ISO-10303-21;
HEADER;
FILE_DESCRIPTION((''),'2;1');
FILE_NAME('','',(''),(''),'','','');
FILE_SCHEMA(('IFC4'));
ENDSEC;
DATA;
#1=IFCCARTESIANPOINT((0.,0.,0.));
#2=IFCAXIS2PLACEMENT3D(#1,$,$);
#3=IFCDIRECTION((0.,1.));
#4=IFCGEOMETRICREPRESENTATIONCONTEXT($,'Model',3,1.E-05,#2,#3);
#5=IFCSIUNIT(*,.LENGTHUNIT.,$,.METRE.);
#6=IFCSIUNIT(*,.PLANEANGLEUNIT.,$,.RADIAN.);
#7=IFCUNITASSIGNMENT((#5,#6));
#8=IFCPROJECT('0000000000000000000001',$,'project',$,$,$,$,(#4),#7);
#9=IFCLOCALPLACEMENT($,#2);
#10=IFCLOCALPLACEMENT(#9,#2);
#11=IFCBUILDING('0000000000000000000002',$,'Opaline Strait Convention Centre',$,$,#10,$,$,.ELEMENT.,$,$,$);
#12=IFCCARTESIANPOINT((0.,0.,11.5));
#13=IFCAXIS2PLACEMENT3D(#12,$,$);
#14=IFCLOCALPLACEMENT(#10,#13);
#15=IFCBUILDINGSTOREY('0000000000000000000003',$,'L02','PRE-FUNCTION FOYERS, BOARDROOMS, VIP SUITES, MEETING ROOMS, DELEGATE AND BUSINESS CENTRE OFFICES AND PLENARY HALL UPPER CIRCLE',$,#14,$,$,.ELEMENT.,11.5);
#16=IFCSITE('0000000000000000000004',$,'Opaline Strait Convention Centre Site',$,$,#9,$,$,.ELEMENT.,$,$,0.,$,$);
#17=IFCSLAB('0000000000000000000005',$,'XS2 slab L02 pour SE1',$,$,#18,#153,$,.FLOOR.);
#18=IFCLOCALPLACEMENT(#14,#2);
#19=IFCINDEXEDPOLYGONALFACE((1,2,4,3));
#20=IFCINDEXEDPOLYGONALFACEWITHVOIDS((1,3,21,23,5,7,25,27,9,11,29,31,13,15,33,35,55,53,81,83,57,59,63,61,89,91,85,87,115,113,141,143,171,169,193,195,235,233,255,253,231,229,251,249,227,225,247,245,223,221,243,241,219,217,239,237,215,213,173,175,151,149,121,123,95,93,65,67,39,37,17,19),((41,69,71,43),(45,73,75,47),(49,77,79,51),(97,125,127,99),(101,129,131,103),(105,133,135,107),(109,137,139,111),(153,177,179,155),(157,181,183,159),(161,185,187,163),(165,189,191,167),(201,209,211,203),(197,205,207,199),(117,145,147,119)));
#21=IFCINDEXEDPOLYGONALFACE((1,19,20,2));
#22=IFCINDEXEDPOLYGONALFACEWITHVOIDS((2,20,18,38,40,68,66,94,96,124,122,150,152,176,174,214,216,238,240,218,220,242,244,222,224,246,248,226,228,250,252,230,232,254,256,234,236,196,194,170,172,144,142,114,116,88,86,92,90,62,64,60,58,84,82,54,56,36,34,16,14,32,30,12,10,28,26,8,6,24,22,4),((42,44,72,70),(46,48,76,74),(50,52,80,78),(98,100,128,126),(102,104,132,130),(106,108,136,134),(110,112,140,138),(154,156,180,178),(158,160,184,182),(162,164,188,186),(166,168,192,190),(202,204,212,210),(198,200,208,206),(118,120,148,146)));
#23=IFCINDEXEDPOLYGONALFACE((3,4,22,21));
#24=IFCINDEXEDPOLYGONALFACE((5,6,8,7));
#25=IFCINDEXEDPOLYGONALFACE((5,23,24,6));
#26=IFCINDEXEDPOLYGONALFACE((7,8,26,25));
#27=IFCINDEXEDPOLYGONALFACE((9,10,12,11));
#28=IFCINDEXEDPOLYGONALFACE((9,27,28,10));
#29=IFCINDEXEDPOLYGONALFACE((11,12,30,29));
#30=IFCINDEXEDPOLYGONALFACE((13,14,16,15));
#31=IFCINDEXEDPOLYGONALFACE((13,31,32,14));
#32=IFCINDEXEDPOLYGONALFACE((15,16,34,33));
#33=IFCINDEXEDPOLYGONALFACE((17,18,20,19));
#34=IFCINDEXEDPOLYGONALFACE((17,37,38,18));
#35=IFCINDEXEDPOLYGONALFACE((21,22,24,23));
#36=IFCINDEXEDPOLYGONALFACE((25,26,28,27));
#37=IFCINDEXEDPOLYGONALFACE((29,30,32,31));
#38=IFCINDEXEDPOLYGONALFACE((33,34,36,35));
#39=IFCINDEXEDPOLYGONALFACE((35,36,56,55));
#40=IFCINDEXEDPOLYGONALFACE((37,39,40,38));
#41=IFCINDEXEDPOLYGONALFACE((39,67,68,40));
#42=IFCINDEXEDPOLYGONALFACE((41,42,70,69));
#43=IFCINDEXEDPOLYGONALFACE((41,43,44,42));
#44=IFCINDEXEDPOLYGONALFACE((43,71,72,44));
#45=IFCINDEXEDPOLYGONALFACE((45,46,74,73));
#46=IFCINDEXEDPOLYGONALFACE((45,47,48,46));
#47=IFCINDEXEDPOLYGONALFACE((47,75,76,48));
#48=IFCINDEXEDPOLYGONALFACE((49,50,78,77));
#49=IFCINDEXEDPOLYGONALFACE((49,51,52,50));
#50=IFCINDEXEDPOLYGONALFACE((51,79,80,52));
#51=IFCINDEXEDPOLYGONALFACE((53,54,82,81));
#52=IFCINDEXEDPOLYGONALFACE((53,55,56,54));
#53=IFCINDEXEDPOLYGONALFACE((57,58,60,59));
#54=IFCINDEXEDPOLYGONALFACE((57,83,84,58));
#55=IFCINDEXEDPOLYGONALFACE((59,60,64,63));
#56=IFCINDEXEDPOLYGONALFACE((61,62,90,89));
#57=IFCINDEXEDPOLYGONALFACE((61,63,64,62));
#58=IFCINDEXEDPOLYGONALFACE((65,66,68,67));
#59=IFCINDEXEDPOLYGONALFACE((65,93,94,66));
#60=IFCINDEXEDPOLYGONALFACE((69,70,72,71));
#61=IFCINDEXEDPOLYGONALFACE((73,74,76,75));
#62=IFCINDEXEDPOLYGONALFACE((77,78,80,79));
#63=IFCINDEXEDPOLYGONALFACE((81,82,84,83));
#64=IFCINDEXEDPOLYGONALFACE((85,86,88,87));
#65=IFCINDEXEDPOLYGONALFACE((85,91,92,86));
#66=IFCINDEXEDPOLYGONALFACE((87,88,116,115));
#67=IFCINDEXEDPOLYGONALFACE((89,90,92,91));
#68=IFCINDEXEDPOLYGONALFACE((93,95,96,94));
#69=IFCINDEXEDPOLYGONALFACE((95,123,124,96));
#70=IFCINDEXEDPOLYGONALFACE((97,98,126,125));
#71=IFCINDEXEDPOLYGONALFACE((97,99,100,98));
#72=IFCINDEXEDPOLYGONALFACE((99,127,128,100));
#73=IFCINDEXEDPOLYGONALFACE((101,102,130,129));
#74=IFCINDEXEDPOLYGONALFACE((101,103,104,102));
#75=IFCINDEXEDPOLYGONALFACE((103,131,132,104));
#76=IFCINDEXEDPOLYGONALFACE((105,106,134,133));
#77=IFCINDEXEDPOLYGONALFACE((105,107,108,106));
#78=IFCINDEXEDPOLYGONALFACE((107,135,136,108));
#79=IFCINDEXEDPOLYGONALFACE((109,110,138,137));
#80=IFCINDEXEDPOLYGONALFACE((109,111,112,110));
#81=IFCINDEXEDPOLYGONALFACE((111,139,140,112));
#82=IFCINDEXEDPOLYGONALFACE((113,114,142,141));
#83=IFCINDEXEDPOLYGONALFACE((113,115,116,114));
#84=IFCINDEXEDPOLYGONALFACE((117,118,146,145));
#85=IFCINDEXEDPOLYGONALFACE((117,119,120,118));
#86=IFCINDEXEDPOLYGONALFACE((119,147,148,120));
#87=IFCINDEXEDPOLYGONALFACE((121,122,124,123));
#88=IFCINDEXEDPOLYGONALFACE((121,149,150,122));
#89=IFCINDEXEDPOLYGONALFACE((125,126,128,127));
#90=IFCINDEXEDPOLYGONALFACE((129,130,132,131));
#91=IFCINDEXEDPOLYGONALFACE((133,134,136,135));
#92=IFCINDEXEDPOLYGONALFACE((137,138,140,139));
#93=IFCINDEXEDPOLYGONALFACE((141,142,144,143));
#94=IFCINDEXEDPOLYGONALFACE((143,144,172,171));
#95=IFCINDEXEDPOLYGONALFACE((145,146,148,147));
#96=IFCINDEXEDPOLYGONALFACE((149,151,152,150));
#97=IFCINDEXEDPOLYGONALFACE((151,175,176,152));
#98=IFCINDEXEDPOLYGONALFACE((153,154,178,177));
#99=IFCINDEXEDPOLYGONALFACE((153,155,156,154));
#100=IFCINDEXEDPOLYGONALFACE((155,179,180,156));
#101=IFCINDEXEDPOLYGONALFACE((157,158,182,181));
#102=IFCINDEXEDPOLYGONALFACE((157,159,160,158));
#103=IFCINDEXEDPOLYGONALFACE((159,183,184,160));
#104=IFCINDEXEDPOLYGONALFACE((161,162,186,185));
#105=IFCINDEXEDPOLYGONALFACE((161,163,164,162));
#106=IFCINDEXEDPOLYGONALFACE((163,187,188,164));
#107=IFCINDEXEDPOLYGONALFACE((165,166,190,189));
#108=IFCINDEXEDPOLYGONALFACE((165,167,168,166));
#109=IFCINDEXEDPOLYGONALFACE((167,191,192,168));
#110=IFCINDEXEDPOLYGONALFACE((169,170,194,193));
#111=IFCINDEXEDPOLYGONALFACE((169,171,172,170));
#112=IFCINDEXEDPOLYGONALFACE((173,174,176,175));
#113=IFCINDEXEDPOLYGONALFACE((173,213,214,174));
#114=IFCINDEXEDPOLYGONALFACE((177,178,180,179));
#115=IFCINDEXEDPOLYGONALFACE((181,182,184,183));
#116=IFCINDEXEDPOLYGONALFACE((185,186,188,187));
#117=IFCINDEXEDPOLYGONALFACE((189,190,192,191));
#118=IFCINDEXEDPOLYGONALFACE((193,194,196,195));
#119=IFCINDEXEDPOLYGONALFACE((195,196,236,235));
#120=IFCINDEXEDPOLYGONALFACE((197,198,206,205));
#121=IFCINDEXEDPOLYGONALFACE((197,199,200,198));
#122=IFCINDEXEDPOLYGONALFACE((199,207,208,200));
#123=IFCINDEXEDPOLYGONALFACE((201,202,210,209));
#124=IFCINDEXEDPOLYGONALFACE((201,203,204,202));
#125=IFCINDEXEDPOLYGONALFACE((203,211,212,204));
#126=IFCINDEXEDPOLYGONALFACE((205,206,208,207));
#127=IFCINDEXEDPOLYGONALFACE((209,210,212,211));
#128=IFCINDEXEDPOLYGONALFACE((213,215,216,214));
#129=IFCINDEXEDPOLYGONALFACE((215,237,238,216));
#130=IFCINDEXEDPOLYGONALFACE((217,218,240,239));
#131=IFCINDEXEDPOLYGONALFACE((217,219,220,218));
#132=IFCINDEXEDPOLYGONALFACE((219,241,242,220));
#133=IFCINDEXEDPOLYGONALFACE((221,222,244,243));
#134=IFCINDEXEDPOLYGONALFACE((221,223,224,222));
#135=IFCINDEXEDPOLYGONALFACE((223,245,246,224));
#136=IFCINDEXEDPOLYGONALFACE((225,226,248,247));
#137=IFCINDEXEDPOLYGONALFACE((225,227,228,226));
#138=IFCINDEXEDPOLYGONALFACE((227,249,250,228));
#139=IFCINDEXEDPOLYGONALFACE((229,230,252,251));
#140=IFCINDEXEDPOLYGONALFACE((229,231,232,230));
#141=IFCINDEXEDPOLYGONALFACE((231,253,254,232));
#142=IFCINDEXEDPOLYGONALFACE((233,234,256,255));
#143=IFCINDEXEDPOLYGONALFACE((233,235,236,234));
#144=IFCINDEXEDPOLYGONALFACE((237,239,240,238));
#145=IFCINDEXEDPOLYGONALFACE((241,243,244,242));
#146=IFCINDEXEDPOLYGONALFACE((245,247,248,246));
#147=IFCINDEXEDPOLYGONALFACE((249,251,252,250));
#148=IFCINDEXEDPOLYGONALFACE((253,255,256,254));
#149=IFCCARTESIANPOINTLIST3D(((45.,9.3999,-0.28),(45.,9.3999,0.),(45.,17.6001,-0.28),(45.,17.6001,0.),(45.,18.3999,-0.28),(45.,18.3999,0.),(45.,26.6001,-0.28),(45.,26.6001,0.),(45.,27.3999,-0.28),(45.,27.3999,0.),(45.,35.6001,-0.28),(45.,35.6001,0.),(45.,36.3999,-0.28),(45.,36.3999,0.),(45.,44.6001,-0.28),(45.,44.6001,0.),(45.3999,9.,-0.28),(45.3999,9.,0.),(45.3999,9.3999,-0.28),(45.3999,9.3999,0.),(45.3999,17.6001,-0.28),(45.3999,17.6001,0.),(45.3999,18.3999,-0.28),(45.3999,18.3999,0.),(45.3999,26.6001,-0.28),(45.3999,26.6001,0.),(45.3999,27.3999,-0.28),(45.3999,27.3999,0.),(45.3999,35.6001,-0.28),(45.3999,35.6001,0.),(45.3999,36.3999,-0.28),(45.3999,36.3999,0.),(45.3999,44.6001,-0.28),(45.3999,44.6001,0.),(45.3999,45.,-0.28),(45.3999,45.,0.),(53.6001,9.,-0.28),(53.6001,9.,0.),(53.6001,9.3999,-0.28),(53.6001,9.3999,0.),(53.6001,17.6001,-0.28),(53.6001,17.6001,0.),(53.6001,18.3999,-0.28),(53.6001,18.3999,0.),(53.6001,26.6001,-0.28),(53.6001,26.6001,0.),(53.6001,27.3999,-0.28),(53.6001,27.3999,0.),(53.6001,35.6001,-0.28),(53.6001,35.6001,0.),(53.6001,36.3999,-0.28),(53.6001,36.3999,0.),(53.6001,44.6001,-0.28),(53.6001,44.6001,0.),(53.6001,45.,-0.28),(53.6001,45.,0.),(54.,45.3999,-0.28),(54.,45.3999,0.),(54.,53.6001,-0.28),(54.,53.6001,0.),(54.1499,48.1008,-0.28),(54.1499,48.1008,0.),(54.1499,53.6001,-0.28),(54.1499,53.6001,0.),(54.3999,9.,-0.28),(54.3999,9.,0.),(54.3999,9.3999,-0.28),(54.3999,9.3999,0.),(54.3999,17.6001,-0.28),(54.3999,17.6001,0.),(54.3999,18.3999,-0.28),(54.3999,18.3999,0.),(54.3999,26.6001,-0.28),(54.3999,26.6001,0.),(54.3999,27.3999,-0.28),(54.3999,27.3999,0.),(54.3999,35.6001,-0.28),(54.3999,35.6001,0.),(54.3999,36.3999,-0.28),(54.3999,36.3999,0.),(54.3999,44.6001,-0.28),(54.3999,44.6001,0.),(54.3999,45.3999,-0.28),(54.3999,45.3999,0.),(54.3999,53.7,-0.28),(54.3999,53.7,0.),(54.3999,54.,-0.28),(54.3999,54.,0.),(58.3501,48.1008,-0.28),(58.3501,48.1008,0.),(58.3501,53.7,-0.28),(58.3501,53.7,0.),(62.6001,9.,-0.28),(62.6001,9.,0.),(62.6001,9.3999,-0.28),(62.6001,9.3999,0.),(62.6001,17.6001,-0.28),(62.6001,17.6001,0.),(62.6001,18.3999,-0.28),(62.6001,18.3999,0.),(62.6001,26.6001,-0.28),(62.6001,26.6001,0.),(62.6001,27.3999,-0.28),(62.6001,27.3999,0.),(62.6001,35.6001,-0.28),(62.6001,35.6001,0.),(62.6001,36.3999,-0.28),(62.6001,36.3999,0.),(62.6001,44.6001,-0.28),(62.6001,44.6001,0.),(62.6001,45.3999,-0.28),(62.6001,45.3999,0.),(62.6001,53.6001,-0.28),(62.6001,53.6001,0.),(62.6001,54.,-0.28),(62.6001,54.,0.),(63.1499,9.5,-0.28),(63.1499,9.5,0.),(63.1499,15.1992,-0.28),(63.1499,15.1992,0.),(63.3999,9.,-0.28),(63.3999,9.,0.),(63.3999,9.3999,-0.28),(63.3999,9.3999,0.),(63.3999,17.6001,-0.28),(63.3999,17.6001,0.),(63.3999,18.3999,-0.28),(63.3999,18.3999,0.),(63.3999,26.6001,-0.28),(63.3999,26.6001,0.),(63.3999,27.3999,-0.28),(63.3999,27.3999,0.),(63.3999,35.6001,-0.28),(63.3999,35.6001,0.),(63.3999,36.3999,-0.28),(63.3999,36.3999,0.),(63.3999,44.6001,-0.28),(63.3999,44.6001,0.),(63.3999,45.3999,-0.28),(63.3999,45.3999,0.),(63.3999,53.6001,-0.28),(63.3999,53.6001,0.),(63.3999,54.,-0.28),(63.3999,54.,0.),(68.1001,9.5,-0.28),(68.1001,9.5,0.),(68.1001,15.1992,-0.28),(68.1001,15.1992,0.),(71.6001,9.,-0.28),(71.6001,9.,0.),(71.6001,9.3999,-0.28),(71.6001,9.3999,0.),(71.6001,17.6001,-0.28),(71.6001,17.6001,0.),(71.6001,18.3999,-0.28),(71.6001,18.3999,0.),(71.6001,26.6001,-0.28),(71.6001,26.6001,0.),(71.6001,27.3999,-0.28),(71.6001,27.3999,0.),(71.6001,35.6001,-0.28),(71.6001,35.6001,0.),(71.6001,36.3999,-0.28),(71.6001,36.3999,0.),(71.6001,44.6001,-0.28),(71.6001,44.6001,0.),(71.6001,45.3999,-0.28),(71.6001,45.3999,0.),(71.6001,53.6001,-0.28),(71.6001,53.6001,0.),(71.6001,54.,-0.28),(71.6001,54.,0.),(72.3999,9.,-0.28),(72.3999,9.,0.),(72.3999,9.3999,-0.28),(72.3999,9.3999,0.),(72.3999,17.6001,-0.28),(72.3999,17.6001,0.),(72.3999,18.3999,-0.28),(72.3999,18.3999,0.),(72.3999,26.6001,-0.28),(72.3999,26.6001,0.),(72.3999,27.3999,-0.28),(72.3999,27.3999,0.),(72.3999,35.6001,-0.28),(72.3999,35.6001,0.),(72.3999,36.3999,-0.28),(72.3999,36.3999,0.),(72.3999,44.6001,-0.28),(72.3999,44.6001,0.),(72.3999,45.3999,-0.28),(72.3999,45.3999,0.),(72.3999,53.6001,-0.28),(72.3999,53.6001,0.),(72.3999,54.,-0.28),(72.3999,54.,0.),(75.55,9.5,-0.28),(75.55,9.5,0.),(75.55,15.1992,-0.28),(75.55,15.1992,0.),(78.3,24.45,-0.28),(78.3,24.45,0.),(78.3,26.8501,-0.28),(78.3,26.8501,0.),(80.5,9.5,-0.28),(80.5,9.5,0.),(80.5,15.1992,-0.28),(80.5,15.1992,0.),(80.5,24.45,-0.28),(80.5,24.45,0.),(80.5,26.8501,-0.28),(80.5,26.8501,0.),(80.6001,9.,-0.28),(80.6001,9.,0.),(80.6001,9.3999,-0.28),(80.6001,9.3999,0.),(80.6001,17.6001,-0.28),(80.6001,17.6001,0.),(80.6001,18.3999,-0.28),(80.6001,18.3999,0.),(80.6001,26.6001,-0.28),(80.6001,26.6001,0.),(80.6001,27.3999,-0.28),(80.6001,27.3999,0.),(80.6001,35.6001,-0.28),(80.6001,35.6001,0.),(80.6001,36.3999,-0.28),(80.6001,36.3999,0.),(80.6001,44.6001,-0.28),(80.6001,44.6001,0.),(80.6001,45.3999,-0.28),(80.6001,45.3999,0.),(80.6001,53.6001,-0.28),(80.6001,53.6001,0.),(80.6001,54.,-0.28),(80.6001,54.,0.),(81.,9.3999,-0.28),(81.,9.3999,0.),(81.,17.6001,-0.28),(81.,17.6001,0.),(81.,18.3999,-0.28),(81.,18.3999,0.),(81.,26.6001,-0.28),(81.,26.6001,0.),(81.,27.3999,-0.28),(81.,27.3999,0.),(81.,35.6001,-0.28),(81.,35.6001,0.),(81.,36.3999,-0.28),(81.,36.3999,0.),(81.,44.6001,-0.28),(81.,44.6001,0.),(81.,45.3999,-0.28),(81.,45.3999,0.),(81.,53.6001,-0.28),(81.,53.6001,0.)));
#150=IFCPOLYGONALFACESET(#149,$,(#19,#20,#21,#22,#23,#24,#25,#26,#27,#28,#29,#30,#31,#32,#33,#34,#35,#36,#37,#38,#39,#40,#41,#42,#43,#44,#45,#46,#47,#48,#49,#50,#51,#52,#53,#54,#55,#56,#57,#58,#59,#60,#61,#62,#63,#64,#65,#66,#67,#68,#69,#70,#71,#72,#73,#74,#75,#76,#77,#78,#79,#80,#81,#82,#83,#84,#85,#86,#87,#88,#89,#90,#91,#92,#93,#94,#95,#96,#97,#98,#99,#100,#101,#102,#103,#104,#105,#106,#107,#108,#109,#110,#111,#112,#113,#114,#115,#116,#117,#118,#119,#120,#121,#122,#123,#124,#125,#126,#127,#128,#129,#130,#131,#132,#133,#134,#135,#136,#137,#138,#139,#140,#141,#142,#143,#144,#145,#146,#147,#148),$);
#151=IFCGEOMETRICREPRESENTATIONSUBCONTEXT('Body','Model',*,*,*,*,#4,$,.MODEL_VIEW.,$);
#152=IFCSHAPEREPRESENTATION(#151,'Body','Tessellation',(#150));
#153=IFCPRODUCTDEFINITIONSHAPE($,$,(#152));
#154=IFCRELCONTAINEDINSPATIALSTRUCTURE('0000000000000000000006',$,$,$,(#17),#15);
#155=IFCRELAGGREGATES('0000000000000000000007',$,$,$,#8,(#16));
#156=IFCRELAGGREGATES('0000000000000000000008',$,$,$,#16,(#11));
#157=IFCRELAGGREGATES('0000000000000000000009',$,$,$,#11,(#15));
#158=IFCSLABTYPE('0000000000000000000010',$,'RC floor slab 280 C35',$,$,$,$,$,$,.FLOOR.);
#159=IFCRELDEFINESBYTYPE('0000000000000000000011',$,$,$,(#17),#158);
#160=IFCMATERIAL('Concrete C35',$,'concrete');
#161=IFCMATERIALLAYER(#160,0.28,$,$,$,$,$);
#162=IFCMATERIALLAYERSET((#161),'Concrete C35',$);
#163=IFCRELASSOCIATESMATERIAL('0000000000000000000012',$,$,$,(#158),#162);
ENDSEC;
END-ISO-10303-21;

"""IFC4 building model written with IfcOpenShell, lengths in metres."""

from ifc_helpers import new_model, si_unit, direction, frame, origin, place, context, subcontext, project, spatial, polyline, outline, extrude, material, layer, layer_set, type_object, element, save


model = new_model("IFC4")

# Units and contexts
model_context = context("Model", 3, precision=1e-05, world=origin(), true_north=direction((0.0, 1.0)))
body_context = subcontext(model_context, "Body", "Model", "MODEL_VIEW")
ifc_project = project(units=[si_unit("LENGTHUNIT", "METRE"), si_unit("PLANEANGLEUNIT", "RADIAN")], contexts=[model_context])

# Site, building, storey
site_placement = place(None, origin())
site = spatial("IfcSite", under=ifc_project, at=site_placement, Name="Opaline Strait Convention Centre Site", CompositionType="ELEMENT", RefElevation=0.0)
building_placement = place(site_placement, origin())
building = spatial("IfcBuilding", under=site, at=building_placement, Name="Opaline Strait Convention Centre", CompositionType="ELEMENT")
storey_placement = place(building_placement, frame((0.0, 0.0, 11.5)))
storey = spatial("IfcBuildingStorey", under=building, at=storey_placement, Name="L02", Description="PRE-FUNCTION FOYERS, BOARDROOMS, VIP SUITES, MEETING ROOMS, DELEGATE AND BUSINESS CENTRE OFFICES AND PLENARY HALL UPPER CIRCLE", CompositionType="ELEMENT", Elevation=11.5)

# Slab
ifc_material_1 = material(Name="Concrete C35", Category="concrete")
ifc_layer_1 = layer(ifc_material_1, 0.28)
ifc_layer_set_1 = layer_set([ifc_layer_1], Name="Concrete C35")
slab_type_1 = type_object("IfcSlabType", Name="RC floor slab 280 C35", PredefinedType="FLOOR", material=ifc_layer_set_1)
slab_1_placement = place(storey_placement, frame((0.0, 0.0, -0.28)))
element("IfcSlab", 1, at=slab_1_placement, inside=storey, type_object=slab_type_1, Name="XS2 slab L02 pour SE1", PredefinedType="FLOOR", context=body_context, shape_type="SweptSolid", body=[
    extrude(outline(polyline([(80.6001, 53.6001), (81.0, 53.6001), (81.0, 45.3999), (80.6001, 45.3999), (80.6001, 44.6001), (81.0, 44.6001), (81.0, 36.3999), (80.6001, 36.3999), (80.6001, 35.6001), (81.0, 35.6001), (81.0, 27.3999), (80.6001, 27.3999), (80.6001, 26.6001), (81.0, 26.6001), (81.0, 18.3999), (80.6001, 18.3999), (80.6001, 17.6001), (81.0, 17.6001), (81.0, 9.3999), (80.6001, 9.3999), (80.6001, 9.0), (72.3999, 9.0), (72.3999, 9.3999), (71.6001, 9.3999), (71.6001, 9.0), (63.3999, 9.0), (63.3999, 9.3999), (62.6001, 9.3999), (62.6001, 9.0), (54.3999, 9.0), (54.3999, 9.3999), (53.6001, 9.3999), (53.6001, 9.0), (45.3999, 9.0), (45.3999, 9.3999), (45.0, 9.3999), (45.0, 17.6001), (45.3999, 17.6001), (45.3999, 18.3999), (45.0, 18.3999), (45.0, 26.6001), (45.3999, 26.6001), (45.3999, 27.3999), (45.0, 27.3999), (45.0, 35.6001), (45.3999, 35.6001), (45.3999, 36.3999), (45.0, 36.3999), (45.0, 44.6001), (45.3999, 44.6001), (45.3999, 45.0), (53.6001, 45.0), (53.6001, 44.6001), (54.3999, 44.6001), (54.3999, 45.3999), (54.0, 45.3999), (54.0, 53.6001), (54.1499, 53.6001), (54.1499, 48.1008), (58.3501, 48.1008), (58.3501, 53.7), (54.3999, 53.7), (54.3999, 54.0), (62.6001, 54.0), (62.6001, 53.6001), (63.3999, 53.6001), (63.3999, 54.0), (71.6001, 54.0), (71.6001, 53.6001), (72.3999, 53.6001), (72.3999, 54.0), (80.6001, 54.0), (80.6001, 53.6001)]), holes=[polyline([(62.6001, 17.6001), (63.3999, 17.6001), (63.3999, 18.3999), (62.6001, 18.3999), (62.6001, 17.6001)]), polyline([(53.6001, 17.6001), (54.3999, 17.6001), (54.3999, 18.3999), (53.6001, 18.3999), (53.6001, 17.6001)]), polyline([(62.6001, 26.6001), (63.3999, 26.6001), (63.3999, 27.3999), (62.6001, 27.3999), (62.6001, 26.6001)]), polyline([(53.6001, 26.6001), (54.3999, 26.6001), (54.3999, 27.3999), (53.6001, 27.3999), (53.6001, 26.6001)]), polyline([(62.6001, 35.6001), (63.3999, 35.6001), (63.3999, 36.3999), (62.6001, 36.3999), (62.6001, 35.6001)]), polyline([(54.3999, 35.6001), (54.3999, 36.3999), (53.6001, 36.3999), (53.6001, 35.6001), (54.3999, 35.6001)]), polyline([(62.6001, 44.6001), (63.3999, 44.6001), (63.3999, 45.3999), (62.6001, 45.3999), (62.6001, 44.6001)]), polyline([(75.55, 9.5), (80.5, 9.5), (80.5, 15.1992), (75.55, 15.1992), (75.55, 9.5)]), polyline([(63.1499, 9.5), (68.1001, 9.5), (68.1001, 15.1992), (63.1499, 15.1992), (63.1499, 9.5)]), polyline([(71.6001, 17.6001), (72.3999, 17.6001), (72.3999, 18.3999), (71.6001, 18.3999), (71.6001, 17.6001)]), polyline([(78.3, 24.45), (80.5, 24.45), (80.5, 26.8501), (78.3, 26.8501), (78.3, 24.45)]), polyline([(71.6001, 26.6001), (72.3999, 26.6001), (72.3999, 27.3999), (71.6001, 27.3999), (71.6001, 26.6001)]), polyline([(71.6001, 35.6001), (72.3999, 35.6001), (72.3999, 36.3999), (71.6001, 36.3999), (71.6001, 35.6001)]), polyline([(71.6001, 44.6001), (72.3999, 44.6001), (72.3999, 45.3999), (71.6001, 45.3999), (71.6001, 44.6001)])]), origin(), (0.0, 0.0, 1.0), 0.28),
])

save(model, "model.ifc")
